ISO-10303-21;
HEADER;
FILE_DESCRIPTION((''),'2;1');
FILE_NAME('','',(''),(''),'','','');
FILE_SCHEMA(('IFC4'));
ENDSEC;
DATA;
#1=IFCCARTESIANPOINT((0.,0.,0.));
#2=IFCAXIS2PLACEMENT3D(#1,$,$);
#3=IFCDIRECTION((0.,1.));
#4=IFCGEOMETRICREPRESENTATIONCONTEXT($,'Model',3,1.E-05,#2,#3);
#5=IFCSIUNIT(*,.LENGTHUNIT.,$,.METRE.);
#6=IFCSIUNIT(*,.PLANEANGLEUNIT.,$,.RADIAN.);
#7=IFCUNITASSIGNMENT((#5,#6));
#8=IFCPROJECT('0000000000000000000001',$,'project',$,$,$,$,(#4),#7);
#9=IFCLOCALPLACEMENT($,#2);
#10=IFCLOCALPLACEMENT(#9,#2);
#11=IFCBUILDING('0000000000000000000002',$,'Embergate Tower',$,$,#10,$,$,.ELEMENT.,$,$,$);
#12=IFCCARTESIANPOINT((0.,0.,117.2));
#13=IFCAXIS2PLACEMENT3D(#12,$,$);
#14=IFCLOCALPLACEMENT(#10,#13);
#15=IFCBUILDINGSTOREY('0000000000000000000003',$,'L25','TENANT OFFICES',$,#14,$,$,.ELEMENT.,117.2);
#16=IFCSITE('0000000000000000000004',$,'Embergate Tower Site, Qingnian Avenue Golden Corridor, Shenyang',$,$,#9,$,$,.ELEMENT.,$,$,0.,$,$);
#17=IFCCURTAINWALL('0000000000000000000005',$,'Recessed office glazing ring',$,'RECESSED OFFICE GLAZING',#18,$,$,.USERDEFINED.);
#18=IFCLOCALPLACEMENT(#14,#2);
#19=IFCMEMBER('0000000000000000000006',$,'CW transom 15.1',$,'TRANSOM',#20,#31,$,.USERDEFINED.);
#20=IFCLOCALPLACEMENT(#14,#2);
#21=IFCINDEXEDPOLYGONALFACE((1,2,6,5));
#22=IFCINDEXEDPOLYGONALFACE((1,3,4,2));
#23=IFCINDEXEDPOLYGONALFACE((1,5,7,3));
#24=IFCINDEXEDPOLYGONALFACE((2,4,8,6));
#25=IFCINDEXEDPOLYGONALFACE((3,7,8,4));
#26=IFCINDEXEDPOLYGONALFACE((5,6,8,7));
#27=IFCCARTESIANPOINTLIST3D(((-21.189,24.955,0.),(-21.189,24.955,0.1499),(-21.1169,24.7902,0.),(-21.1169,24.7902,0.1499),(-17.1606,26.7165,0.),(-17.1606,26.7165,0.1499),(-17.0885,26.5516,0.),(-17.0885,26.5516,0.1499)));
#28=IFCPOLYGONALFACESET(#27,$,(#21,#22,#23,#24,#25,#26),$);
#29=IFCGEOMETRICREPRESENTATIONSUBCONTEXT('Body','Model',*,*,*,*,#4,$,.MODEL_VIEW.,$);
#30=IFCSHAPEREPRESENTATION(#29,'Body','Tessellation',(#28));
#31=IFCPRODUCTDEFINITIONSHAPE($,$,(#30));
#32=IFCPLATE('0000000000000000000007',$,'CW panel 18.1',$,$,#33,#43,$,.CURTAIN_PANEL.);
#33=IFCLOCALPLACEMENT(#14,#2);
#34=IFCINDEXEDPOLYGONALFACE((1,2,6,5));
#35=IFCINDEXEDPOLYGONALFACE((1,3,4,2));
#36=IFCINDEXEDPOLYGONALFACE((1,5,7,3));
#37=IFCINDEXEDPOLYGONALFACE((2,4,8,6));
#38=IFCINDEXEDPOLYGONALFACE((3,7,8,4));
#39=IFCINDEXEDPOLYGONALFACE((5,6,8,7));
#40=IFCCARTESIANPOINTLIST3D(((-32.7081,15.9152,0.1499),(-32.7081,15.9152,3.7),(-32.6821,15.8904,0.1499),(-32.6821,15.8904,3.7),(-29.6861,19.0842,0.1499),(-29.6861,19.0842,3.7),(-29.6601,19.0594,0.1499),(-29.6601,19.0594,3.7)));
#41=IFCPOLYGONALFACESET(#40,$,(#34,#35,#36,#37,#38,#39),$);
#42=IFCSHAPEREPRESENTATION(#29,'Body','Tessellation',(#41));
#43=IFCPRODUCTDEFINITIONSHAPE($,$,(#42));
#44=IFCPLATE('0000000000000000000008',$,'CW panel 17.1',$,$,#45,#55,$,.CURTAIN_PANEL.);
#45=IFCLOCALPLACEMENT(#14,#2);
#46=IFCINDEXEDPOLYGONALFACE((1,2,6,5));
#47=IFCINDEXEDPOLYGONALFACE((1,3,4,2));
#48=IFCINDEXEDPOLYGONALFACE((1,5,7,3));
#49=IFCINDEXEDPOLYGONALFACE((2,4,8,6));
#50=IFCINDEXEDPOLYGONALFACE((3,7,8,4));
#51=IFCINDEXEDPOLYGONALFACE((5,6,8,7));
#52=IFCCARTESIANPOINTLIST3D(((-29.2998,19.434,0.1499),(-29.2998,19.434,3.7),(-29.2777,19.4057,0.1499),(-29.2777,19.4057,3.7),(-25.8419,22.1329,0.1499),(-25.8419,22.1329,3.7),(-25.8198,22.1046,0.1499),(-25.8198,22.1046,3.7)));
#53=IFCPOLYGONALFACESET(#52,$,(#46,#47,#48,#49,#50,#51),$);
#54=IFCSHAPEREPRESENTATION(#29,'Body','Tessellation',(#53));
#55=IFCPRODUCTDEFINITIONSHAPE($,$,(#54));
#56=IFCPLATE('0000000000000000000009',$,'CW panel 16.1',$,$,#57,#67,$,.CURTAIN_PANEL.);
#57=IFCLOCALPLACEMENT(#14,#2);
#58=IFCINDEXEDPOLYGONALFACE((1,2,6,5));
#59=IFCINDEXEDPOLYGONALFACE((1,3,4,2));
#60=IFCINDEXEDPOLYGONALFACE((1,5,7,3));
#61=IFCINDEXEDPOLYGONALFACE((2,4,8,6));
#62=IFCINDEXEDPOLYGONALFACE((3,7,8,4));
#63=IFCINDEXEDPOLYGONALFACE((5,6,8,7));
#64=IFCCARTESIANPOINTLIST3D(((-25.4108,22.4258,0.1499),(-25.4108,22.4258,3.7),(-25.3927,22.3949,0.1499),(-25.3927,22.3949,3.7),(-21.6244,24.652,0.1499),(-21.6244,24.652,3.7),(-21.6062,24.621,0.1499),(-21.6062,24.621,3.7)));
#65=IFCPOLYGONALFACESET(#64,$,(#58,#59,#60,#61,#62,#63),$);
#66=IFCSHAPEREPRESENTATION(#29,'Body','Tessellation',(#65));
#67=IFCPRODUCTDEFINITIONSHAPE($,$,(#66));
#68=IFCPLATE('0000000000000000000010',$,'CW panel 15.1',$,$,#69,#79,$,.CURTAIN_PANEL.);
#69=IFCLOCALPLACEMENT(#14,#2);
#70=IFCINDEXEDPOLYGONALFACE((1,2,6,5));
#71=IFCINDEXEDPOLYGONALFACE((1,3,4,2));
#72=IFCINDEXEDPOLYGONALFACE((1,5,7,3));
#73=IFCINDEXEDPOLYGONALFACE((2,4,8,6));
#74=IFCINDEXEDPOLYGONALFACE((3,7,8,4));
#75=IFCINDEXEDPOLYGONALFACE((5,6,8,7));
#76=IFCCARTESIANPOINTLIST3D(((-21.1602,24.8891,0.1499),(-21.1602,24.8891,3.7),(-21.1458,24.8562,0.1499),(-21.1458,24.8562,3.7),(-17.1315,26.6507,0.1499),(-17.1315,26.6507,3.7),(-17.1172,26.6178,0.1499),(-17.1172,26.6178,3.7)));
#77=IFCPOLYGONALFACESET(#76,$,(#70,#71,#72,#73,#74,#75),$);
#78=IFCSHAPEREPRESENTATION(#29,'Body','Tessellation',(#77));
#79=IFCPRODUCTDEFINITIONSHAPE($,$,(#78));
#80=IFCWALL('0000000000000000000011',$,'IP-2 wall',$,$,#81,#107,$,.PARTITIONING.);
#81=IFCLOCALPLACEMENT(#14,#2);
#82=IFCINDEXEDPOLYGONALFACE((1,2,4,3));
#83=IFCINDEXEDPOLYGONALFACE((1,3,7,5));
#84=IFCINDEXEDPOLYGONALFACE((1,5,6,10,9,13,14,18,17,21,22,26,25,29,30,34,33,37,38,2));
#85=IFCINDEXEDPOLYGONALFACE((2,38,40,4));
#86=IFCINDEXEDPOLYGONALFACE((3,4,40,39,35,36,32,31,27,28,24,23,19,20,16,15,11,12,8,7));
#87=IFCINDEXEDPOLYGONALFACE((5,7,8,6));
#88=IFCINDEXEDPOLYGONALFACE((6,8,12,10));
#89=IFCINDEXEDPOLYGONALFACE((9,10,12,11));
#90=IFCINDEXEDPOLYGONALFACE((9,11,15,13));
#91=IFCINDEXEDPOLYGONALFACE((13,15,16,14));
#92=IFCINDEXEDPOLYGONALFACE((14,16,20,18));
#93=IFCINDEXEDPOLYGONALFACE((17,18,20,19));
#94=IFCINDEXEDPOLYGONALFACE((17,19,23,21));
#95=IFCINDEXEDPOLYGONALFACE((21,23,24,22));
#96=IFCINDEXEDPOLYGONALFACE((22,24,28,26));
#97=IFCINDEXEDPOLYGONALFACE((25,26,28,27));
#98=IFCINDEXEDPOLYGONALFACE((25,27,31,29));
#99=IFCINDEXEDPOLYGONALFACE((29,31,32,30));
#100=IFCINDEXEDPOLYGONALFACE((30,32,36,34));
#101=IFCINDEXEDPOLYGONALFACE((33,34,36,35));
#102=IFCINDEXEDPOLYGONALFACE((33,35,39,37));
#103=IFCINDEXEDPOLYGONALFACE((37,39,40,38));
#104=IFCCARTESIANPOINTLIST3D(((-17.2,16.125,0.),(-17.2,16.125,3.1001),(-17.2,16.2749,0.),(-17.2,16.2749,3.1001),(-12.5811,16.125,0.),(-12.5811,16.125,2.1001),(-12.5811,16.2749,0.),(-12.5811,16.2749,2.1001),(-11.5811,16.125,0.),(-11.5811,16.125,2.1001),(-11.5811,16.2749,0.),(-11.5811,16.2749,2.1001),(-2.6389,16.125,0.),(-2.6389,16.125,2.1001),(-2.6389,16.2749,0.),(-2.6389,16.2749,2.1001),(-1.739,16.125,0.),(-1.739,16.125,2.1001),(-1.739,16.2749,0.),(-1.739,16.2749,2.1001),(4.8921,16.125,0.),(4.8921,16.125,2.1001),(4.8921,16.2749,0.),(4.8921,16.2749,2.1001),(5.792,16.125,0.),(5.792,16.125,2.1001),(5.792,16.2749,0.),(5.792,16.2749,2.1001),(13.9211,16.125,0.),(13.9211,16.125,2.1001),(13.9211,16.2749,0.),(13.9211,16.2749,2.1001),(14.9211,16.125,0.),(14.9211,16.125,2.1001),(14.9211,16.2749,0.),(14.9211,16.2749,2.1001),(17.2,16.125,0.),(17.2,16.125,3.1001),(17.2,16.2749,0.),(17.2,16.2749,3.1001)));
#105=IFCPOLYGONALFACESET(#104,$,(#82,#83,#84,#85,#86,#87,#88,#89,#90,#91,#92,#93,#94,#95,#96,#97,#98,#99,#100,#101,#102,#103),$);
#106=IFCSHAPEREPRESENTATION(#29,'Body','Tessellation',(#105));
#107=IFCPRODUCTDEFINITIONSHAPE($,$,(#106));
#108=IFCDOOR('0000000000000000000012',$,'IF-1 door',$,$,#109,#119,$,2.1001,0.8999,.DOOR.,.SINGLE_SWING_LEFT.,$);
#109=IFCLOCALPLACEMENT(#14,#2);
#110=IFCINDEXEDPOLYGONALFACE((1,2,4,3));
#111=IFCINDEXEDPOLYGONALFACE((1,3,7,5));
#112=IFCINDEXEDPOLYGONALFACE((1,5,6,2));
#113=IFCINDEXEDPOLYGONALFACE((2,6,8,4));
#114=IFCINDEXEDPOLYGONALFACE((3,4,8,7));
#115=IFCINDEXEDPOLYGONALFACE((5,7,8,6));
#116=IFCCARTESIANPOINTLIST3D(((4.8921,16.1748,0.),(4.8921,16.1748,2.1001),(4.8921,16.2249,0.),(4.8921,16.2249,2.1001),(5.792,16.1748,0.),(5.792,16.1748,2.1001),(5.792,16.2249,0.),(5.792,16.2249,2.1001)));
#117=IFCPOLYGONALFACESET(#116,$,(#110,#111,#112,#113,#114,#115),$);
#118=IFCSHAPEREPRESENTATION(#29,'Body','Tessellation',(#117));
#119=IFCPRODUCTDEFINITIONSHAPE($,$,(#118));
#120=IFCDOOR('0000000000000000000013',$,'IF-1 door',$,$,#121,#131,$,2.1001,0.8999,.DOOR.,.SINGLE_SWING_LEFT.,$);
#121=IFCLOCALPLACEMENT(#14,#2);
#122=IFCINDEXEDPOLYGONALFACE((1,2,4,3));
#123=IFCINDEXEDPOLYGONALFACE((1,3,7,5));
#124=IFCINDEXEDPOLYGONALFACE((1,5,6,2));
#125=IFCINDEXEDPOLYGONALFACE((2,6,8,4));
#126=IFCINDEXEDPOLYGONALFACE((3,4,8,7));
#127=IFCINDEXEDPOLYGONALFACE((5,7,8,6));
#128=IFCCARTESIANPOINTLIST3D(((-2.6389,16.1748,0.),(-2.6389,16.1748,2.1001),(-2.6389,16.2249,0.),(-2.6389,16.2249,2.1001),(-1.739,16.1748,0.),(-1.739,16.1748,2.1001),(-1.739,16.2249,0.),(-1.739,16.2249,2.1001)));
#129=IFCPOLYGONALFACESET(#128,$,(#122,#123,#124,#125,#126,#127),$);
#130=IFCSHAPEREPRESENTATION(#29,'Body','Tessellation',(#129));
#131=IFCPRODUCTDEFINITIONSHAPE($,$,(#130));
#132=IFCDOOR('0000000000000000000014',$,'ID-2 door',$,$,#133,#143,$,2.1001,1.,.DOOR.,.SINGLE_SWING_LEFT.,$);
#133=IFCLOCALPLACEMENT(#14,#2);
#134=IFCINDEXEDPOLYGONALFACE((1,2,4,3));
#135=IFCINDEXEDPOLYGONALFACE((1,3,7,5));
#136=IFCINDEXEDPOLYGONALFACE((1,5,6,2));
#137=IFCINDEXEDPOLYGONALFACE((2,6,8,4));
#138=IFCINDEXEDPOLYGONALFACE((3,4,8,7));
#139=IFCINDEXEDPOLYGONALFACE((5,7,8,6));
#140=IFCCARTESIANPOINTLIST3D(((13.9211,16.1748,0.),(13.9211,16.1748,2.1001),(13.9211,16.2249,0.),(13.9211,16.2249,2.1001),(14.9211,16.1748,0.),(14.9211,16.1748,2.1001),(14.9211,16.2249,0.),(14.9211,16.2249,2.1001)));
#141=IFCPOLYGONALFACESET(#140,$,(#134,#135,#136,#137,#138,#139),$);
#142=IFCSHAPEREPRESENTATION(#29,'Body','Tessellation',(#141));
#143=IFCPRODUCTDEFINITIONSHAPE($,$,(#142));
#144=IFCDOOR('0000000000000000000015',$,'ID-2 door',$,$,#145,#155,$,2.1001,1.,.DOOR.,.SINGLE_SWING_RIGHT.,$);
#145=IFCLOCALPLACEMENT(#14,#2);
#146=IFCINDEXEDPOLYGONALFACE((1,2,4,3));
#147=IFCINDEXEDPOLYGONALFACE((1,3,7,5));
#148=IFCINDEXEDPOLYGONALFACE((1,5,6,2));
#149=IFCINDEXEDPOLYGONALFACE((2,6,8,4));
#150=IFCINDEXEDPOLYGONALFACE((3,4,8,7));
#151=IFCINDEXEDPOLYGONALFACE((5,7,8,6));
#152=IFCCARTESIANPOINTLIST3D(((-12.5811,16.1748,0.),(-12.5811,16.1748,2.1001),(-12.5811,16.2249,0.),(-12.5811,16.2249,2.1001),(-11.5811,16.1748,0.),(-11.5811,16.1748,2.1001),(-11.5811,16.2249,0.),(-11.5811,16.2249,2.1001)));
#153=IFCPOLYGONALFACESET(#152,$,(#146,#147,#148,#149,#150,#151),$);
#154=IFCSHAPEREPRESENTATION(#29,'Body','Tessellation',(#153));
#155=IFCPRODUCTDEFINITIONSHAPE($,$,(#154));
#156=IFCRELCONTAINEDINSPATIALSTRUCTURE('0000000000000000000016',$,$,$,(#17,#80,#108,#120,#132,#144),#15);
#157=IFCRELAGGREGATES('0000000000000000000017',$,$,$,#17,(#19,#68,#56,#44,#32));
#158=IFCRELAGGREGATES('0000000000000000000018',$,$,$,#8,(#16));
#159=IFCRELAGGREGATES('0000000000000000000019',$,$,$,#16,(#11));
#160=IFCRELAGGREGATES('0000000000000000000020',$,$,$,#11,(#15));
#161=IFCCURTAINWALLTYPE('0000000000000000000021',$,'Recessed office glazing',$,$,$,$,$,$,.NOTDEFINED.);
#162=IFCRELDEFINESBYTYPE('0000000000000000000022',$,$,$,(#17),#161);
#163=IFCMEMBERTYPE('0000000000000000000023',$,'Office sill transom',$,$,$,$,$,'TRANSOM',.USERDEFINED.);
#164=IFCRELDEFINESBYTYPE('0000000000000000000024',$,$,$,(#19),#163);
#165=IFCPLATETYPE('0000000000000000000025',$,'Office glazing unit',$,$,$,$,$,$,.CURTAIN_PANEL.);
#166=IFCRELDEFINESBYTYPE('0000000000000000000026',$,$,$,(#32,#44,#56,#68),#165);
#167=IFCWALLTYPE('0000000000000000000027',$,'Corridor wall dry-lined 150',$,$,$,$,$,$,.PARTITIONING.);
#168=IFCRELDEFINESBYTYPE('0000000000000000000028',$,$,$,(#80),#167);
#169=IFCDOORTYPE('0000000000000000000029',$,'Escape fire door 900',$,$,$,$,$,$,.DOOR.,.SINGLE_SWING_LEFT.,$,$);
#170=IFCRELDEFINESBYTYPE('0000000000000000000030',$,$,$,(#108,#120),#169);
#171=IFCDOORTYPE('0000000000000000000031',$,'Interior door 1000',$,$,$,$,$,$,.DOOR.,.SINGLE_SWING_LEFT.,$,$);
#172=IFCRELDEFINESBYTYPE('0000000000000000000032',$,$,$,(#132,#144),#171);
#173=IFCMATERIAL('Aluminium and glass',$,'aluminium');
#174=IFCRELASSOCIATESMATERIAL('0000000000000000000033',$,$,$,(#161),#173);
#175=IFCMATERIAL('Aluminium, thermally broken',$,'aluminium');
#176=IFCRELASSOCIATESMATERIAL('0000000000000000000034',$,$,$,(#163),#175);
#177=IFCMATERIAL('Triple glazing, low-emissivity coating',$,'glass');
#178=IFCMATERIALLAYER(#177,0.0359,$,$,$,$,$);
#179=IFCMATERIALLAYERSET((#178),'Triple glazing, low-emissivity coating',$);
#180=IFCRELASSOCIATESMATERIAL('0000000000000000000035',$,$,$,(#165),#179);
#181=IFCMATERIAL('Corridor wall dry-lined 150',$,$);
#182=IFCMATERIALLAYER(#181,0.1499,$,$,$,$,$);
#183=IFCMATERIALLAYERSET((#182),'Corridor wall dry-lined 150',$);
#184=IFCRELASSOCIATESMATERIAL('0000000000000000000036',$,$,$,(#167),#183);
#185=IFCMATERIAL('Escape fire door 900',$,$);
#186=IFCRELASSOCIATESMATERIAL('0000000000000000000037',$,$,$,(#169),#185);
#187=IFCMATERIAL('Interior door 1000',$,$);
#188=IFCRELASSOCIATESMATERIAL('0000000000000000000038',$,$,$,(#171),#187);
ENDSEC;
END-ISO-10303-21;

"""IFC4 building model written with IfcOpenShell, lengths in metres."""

from ifc_helpers import new_model, si_unit, direction, frame, frame_2d, origin, origin_2d, place, context, subcontext, project, spatial, rectangle, extrude, source, transform, mapped, material, layer, layer_set, material_profile, profile_set, type_object, element, fill, aggregate, save


model = new_model("IFC4")

# Units and contexts
model_context = context("Model", 3, precision=1e-05, world=origin(), true_north=direction((0.0, 1.0)))
body_context = subcontext(model_context, "Body", "Model", "MODEL_VIEW")
ifc_project = project(units=[si_unit("LENGTHUNIT", "METRE"), si_unit("PLANEANGLEUNIT", "RADIAN")], contexts=[model_context])

# Site, building, storey
site_placement = place(None, origin())
site = spatial("IfcSite", under=ifc_project, at=site_placement, Name="Embergate Tower Site, Qingnian Avenue Golden Corridor, Shenyang", CompositionType="ELEMENT", RefElevation=0.0)
building_placement = place(site_placement, origin())
building = spatial("IfcBuilding", under=site, at=building_placement, Name="Embergate Tower", CompositionType="ELEMENT")
storey_placement = place(building_placement, frame((0.0, 0.0, 117.2)))
storey = spatial("IfcBuildingStorey", under=building, at=storey_placement, Name="L25", Description="TENANT OFFICES", CompositionType="ELEMENT", Elevation=117.2)

# Curtain wall, member, plates
ifc_material_1 = material(Name="Aluminium and glass", Category="aluminium")
curtain_wall_type = type_object("IfcCurtainWallType", Name="Recessed office glazing", PredefinedType="NOTDEFINED", material=ifc_material_1)
curtain_wall_placement = place(storey_placement, origin())
curtain_wall = element("IfcCurtainWall", 1, at=curtain_wall_placement, inside=storey, type_object=curtain_wall_type, Name="Recessed office glazing ring", ObjectType="RECESSED OFFICE GLAZING", PredefinedType="USERDEFINED")
ifc_material_2 = material(Name="Aluminium, thermally broken", Category="aluminium")
ifc_material_profile_1 = material_profile(ifc_material_2, rectangle(XDim=0.1799, YDim=0.1499, at=origin_2d()), Name="AL 150x180")
ifc_profile_set_1 = profile_set([ifc_material_profile_1], Name="Aluminium, thermally broken")
member_type_1 = type_object("IfcMemberType", Name="Office sill transom", ElementType="TRANSOM", PredefinedType="USERDEFINED", material=ifc_profile_set_1)
shared_shape_1 = source(origin(), body_context, "Body", "SweptSolid", [
    extrude(rectangle(XDim=0.1799, YDim=0.1499, at=origin_2d()), origin(), (0.0, 0.0, 1.0), 4.3967),
])
member_1_placement = place(storey_placement, frame((-17.1245, 26.634, 0.075), z_axis=(-0.916243, -0.400624, 0.0), x_axis=(0.400624, -0.916243, 0.0)))
member_1 = element("IfcMember", 2, at=member_1_placement, type_object=member_type_1, Name="CW transom 15.1", ObjectType="TRANSOM", PredefinedType="USERDEFINED", context=body_context, shape_type="MappedRepresentation", body=[
    mapped(shared_shape_1, transform((0.0, 0.0, 0.0))),
])
ifc_material_3 = material(Name="Triple glazing, low-emissivity coating", Category="glass")
ifc_layer_1 = layer(ifc_material_3, 0.0359)
ifc_layer_set_1 = layer_set([ifc_layer_1], Name="Triple glazing, low-emissivity coating")
plate_type = type_object("IfcPlateType", Name="Office glazing unit", PredefinedType="CURTAIN_PANEL", material=ifc_layer_set_1)
shared_shape_2 = source(origin(), body_context, "Body", "SweptSolid", [
    extrude(rectangle(XDim=4.3789, YDim=0.0359, at=origin_2d()), origin(), (0.0, 0.0, 1.0), 3.55),
])
plate_1_placement = place(storey_placement, frame((-31.1841, 17.4873, 0.1499), z_axis=(0.0, 0.0, 1.0), x_axis=(-0.69013, -0.723685, 0.0)))
plate_1 = element("IfcPlate", 3, at=plate_1_placement, type_object=plate_type, Name="CW panel 18.1", PredefinedType="CURTAIN_PANEL", context=body_context, shape_type="MappedRepresentation", body=[
    mapped(shared_shape_2, transform((0.0, 0.0, 0.0))),
])
shared_shape_3 = source(origin(), body_context, "Body", "SweptSolid", [
    extrude(rectangle(XDim=4.3865, YDim=0.0359, at=origin_2d()), origin(), (0.0, 0.0, 1.0), 3.55),
])
plate_2_placement = place(storey_placement, frame((-27.5598, 20.7693, 0.1499), z_axis=(0.0, 0.0, 1.0), x_axis=(-0.788317, -0.615269, 0.0)))
plate_2 = element("IfcPlate", 4, at=plate_2_placement, type_object=plate_type, Name="CW panel 17.1", PredefinedType="CURTAIN_PANEL", context=body_context, shape_type="MappedRepresentation", body=[
    mapped(shared_shape_3, transform((0.0, 0.0, 0.0))),
])
shared_shape_4 = source(origin(), body_context, "Body", "SweptSolid", [
    extrude(rectangle(XDim=4.3923, YDim=0.0359, at=origin_2d()), origin(), (0.0, 0.0, 1.0), 3.55),
])
plate_3_placement = place(storey_placement, frame((-23.5085, 23.5234, 0.1499), z_axis=(0.0, 0.0, 1.0), x_axis=(-0.862051, -0.506822, 0.0)))
plate_3 = element("IfcPlate", 5, at=plate_3_placement, type_object=plate_type, Name="CW panel 16.1", PredefinedType="CURTAIN_PANEL", context=body_context, shape_type="MappedRepresentation", body=[
    mapped(shared_shape_4, transform((0.0, 0.0, 0.0))),
])
shared_shape_5 = source(origin(), body_context, "Body", "SweptSolid", [
    extrude(rectangle(XDim=4.397, YDim=0.0359, at=origin_2d()), origin(), (0.0, 0.0, 1.0), 3.55),
])
plate_4_placement = place(storey_placement, frame((-19.1387, 25.7534, 0.1499), z_axis=(0.0, 0.0, 1.0), x_axis=(-0.916234, -0.400643, 0.0)))
plate_4 = element("IfcPlate", 6, at=plate_4_placement, type_object=plate_type, Name="CW panel 15.1", PredefinedType="CURTAIN_PANEL", context=body_context, shape_type="MappedRepresentation", body=[
    mapped(shared_shape_5, transform((0.0, 0.0, 0.0))),
])
aggregate(curtain_wall, [member_1, plate_4, plate_3, plate_2, plate_1])

# Wall, openings, doors
ifc_material_4 = material(Name="Corridor wall dry-lined 150")
ifc_layer_2 = layer(ifc_material_4, 0.1499)
ifc_layer_set_2 = layer_set([ifc_layer_2], Name="Corridor wall dry-lined 150")
wall_type_1 = type_object("IfcWallType", Name="Corridor wall dry-lined 150", PredefinedType="PARTITIONING", material=ifc_layer_set_2)
shared_shape_6 = source(origin(), body_context, "Body", "SweptSolid", [
    extrude(rectangle(XDim=34.3999, YDim=0.1499, at=frame_2d((17.2, 0.0))), origin(), (0.0, 0.0, 1.0), 3.1001),
])
wall_1_placement = place(storey_placement, frame((-17.2, 16.2, 0.0), z_axis=(0.0, 0.0, 1.0), x_axis=(1.0, 0.0, 0.0)))
wall_1 = element("IfcWall", 7, at=wall_1_placement, inside=storey, type_object=wall_type_1, Name="IP-2 wall", PredefinedType="PARTITIONING", context=body_context, shape_type="MappedRepresentation", body=[
    mapped(shared_shape_6, transform((0.0, 0.0, 0.0))),
])
shared_shape_7 = source(origin(), body_context, "Body", "SweptSolid", [
    extrude(rectangle(XDim=1.0, YDim=2.1001, at=frame_2d((0.5, 1.05))), frame((0.0, 0.085, 0.0), z_axis=(0.0, -1.0, 0.0), x_axis=(1.0, 0.0, 0.0)), (0.0, 0.0, 1.0), 0.1699),
])
opening_1_placement = place(wall_1_placement, frame((31.1211, 0.0, 0.0)))
opening_1 = element("IfcOpeningElement", 8, at=opening_1_placement, cuts=wall_1, PredefinedType="OPENING", context=body_context, shape_type="MappedRepresentation", body=[
    mapped(shared_shape_7, transform((0.0, 0.0, 0.0))),
])
shared_shape_8 = source(origin(), body_context, "Body", "SweptSolid", [
    extrude(rectangle(XDim=0.8999, YDim=2.1001, at=frame_2d((0.45, 1.05))), frame((0.0, 0.085, 0.0), z_axis=(0.0, -1.0, 0.0), x_axis=(1.0, 0.0, 0.0)), (0.0, 0.0, 1.0), 0.1699),
])
opening_2_placement = place(wall_1_placement, frame((22.092, 0.0, 0.0)))
opening_2 = element("IfcOpeningElement", 9, at=opening_2_placement, cuts=wall_1, PredefinedType="OPENING", context=body_context, shape_type="MappedRepresentation", body=[
    mapped(shared_shape_8, transform((0.0, 0.0, 0.0))),
])
opening_3_placement = place(wall_1_placement, frame((14.561, 0.0, 0.0)))
opening_3 = element("IfcOpeningElement", 10, at=opening_3_placement, cuts=wall_1, PredefinedType="OPENING", context=body_context, shape_type="MappedRepresentation", body=[
    mapped(shared_shape_8, transform((0.0, 0.0, 0.0))),
])
opening_4_placement = place(wall_1_placement, frame((4.6189, 0.0, 0.0)))
opening_4 = element("IfcOpeningElement", 11, at=opening_4_placement, cuts=wall_1, PredefinedType="OPENING", context=body_context, shape_type="MappedRepresentation", body=[
    mapped(shared_shape_7, transform((0.0, 0.0, 0.0))),
])
ifc_material_5 = material(Name="Escape fire door 900")
door_type_1 = type_object("IfcDoorType", Name="Escape fire door 900", OperationType="SINGLE_SWING_LEFT", PredefinedType="DOOR", material=ifc_material_5)
shared_shape_9 = source(origin(), body_context, "Body", "SweptSolid", [
    extrude(rectangle(XDim=0.8999, YDim=2.1001, at=frame_2d((0.45, 1.05))), frame((0.0, 0.0249, 0.0), z_axis=(0.0, -1.0, 0.0), x_axis=(1.0, 0.0, 0.0)), (0.0, 0.0, 1.0), 0.05),
])
door_1_placement = place(opening_2_placement, origin())
door_1 = element("IfcDoor", 12, at=door_1_placement, inside=storey, type_object=door_type_1, Name="IF-1 door", OperationType="SINGLE_SWING_LEFT", OverallHeight=2.1001, OverallWidth=0.8999, PredefinedType="DOOR", context=body_context, shape_type="MappedRepresentation", body=[
    mapped(shared_shape_9, transform((0.0, 0.0, 0.0))),
])
fill(opening_2, door_1)
door_2_placement = place(opening_3_placement, origin())
door_2 = element("IfcDoor", 13, at=door_2_placement, inside=storey, type_object=door_type_1, Name="IF-1 door", OperationType="SINGLE_SWING_LEFT", OverallHeight=2.1001, OverallWidth=0.8999, PredefinedType="DOOR", context=body_context, shape_type="MappedRepresentation", body=[
    mapped(shared_shape_9, transform((0.0, 0.0, 0.0))),
])
fill(opening_3, door_2)
ifc_material_6 = material(Name="Interior door 1000")
door_type_2 = type_object("IfcDoorType", Name="Interior door 1000", OperationType="SINGLE_SWING_LEFT", PredefinedType="DOOR", material=ifc_material_6)
shared_shape_10 = source(origin(), body_context, "Body", "SweptSolid", [
    extrude(rectangle(XDim=1.0, YDim=2.1001, at=frame_2d((0.5, 1.05))), frame((0.0, 0.0249, 0.0), z_axis=(0.0, -1.0, 0.0), x_axis=(1.0, 0.0, 0.0)), (0.0, 0.0, 1.0), 0.05),
])
door_3_placement = place(opening_1_placement, origin())
door_3 = element("IfcDoor", 14, at=door_3_placement, inside=storey, type_object=door_type_2, Name="ID-2 door", OperationType="SINGLE_SWING_LEFT", OverallHeight=2.1001, OverallWidth=1.0, PredefinedType="DOOR", context=body_context, shape_type="MappedRepresentation", body=[
    mapped(shared_shape_10, transform((0.0, 0.0, 0.0))),
])
fill(opening_1, door_3)
door_4_placement = place(opening_4_placement, origin())
door_4 = element("IfcDoor", 15, at=door_4_placement, inside=storey, type_object=door_type_2, Name="ID-2 door", OperationType="SINGLE_SWING_RIGHT", OverallHeight=2.1001, OverallWidth=1.0, PredefinedType="DOOR", context=body_context, shape_type="MappedRepresentation", body=[
    mapped(shared_shape_10, transform((0.0, 0.0, 0.0))),
])
fill(opening_4, door_4)

save(model, "model.ifc")
